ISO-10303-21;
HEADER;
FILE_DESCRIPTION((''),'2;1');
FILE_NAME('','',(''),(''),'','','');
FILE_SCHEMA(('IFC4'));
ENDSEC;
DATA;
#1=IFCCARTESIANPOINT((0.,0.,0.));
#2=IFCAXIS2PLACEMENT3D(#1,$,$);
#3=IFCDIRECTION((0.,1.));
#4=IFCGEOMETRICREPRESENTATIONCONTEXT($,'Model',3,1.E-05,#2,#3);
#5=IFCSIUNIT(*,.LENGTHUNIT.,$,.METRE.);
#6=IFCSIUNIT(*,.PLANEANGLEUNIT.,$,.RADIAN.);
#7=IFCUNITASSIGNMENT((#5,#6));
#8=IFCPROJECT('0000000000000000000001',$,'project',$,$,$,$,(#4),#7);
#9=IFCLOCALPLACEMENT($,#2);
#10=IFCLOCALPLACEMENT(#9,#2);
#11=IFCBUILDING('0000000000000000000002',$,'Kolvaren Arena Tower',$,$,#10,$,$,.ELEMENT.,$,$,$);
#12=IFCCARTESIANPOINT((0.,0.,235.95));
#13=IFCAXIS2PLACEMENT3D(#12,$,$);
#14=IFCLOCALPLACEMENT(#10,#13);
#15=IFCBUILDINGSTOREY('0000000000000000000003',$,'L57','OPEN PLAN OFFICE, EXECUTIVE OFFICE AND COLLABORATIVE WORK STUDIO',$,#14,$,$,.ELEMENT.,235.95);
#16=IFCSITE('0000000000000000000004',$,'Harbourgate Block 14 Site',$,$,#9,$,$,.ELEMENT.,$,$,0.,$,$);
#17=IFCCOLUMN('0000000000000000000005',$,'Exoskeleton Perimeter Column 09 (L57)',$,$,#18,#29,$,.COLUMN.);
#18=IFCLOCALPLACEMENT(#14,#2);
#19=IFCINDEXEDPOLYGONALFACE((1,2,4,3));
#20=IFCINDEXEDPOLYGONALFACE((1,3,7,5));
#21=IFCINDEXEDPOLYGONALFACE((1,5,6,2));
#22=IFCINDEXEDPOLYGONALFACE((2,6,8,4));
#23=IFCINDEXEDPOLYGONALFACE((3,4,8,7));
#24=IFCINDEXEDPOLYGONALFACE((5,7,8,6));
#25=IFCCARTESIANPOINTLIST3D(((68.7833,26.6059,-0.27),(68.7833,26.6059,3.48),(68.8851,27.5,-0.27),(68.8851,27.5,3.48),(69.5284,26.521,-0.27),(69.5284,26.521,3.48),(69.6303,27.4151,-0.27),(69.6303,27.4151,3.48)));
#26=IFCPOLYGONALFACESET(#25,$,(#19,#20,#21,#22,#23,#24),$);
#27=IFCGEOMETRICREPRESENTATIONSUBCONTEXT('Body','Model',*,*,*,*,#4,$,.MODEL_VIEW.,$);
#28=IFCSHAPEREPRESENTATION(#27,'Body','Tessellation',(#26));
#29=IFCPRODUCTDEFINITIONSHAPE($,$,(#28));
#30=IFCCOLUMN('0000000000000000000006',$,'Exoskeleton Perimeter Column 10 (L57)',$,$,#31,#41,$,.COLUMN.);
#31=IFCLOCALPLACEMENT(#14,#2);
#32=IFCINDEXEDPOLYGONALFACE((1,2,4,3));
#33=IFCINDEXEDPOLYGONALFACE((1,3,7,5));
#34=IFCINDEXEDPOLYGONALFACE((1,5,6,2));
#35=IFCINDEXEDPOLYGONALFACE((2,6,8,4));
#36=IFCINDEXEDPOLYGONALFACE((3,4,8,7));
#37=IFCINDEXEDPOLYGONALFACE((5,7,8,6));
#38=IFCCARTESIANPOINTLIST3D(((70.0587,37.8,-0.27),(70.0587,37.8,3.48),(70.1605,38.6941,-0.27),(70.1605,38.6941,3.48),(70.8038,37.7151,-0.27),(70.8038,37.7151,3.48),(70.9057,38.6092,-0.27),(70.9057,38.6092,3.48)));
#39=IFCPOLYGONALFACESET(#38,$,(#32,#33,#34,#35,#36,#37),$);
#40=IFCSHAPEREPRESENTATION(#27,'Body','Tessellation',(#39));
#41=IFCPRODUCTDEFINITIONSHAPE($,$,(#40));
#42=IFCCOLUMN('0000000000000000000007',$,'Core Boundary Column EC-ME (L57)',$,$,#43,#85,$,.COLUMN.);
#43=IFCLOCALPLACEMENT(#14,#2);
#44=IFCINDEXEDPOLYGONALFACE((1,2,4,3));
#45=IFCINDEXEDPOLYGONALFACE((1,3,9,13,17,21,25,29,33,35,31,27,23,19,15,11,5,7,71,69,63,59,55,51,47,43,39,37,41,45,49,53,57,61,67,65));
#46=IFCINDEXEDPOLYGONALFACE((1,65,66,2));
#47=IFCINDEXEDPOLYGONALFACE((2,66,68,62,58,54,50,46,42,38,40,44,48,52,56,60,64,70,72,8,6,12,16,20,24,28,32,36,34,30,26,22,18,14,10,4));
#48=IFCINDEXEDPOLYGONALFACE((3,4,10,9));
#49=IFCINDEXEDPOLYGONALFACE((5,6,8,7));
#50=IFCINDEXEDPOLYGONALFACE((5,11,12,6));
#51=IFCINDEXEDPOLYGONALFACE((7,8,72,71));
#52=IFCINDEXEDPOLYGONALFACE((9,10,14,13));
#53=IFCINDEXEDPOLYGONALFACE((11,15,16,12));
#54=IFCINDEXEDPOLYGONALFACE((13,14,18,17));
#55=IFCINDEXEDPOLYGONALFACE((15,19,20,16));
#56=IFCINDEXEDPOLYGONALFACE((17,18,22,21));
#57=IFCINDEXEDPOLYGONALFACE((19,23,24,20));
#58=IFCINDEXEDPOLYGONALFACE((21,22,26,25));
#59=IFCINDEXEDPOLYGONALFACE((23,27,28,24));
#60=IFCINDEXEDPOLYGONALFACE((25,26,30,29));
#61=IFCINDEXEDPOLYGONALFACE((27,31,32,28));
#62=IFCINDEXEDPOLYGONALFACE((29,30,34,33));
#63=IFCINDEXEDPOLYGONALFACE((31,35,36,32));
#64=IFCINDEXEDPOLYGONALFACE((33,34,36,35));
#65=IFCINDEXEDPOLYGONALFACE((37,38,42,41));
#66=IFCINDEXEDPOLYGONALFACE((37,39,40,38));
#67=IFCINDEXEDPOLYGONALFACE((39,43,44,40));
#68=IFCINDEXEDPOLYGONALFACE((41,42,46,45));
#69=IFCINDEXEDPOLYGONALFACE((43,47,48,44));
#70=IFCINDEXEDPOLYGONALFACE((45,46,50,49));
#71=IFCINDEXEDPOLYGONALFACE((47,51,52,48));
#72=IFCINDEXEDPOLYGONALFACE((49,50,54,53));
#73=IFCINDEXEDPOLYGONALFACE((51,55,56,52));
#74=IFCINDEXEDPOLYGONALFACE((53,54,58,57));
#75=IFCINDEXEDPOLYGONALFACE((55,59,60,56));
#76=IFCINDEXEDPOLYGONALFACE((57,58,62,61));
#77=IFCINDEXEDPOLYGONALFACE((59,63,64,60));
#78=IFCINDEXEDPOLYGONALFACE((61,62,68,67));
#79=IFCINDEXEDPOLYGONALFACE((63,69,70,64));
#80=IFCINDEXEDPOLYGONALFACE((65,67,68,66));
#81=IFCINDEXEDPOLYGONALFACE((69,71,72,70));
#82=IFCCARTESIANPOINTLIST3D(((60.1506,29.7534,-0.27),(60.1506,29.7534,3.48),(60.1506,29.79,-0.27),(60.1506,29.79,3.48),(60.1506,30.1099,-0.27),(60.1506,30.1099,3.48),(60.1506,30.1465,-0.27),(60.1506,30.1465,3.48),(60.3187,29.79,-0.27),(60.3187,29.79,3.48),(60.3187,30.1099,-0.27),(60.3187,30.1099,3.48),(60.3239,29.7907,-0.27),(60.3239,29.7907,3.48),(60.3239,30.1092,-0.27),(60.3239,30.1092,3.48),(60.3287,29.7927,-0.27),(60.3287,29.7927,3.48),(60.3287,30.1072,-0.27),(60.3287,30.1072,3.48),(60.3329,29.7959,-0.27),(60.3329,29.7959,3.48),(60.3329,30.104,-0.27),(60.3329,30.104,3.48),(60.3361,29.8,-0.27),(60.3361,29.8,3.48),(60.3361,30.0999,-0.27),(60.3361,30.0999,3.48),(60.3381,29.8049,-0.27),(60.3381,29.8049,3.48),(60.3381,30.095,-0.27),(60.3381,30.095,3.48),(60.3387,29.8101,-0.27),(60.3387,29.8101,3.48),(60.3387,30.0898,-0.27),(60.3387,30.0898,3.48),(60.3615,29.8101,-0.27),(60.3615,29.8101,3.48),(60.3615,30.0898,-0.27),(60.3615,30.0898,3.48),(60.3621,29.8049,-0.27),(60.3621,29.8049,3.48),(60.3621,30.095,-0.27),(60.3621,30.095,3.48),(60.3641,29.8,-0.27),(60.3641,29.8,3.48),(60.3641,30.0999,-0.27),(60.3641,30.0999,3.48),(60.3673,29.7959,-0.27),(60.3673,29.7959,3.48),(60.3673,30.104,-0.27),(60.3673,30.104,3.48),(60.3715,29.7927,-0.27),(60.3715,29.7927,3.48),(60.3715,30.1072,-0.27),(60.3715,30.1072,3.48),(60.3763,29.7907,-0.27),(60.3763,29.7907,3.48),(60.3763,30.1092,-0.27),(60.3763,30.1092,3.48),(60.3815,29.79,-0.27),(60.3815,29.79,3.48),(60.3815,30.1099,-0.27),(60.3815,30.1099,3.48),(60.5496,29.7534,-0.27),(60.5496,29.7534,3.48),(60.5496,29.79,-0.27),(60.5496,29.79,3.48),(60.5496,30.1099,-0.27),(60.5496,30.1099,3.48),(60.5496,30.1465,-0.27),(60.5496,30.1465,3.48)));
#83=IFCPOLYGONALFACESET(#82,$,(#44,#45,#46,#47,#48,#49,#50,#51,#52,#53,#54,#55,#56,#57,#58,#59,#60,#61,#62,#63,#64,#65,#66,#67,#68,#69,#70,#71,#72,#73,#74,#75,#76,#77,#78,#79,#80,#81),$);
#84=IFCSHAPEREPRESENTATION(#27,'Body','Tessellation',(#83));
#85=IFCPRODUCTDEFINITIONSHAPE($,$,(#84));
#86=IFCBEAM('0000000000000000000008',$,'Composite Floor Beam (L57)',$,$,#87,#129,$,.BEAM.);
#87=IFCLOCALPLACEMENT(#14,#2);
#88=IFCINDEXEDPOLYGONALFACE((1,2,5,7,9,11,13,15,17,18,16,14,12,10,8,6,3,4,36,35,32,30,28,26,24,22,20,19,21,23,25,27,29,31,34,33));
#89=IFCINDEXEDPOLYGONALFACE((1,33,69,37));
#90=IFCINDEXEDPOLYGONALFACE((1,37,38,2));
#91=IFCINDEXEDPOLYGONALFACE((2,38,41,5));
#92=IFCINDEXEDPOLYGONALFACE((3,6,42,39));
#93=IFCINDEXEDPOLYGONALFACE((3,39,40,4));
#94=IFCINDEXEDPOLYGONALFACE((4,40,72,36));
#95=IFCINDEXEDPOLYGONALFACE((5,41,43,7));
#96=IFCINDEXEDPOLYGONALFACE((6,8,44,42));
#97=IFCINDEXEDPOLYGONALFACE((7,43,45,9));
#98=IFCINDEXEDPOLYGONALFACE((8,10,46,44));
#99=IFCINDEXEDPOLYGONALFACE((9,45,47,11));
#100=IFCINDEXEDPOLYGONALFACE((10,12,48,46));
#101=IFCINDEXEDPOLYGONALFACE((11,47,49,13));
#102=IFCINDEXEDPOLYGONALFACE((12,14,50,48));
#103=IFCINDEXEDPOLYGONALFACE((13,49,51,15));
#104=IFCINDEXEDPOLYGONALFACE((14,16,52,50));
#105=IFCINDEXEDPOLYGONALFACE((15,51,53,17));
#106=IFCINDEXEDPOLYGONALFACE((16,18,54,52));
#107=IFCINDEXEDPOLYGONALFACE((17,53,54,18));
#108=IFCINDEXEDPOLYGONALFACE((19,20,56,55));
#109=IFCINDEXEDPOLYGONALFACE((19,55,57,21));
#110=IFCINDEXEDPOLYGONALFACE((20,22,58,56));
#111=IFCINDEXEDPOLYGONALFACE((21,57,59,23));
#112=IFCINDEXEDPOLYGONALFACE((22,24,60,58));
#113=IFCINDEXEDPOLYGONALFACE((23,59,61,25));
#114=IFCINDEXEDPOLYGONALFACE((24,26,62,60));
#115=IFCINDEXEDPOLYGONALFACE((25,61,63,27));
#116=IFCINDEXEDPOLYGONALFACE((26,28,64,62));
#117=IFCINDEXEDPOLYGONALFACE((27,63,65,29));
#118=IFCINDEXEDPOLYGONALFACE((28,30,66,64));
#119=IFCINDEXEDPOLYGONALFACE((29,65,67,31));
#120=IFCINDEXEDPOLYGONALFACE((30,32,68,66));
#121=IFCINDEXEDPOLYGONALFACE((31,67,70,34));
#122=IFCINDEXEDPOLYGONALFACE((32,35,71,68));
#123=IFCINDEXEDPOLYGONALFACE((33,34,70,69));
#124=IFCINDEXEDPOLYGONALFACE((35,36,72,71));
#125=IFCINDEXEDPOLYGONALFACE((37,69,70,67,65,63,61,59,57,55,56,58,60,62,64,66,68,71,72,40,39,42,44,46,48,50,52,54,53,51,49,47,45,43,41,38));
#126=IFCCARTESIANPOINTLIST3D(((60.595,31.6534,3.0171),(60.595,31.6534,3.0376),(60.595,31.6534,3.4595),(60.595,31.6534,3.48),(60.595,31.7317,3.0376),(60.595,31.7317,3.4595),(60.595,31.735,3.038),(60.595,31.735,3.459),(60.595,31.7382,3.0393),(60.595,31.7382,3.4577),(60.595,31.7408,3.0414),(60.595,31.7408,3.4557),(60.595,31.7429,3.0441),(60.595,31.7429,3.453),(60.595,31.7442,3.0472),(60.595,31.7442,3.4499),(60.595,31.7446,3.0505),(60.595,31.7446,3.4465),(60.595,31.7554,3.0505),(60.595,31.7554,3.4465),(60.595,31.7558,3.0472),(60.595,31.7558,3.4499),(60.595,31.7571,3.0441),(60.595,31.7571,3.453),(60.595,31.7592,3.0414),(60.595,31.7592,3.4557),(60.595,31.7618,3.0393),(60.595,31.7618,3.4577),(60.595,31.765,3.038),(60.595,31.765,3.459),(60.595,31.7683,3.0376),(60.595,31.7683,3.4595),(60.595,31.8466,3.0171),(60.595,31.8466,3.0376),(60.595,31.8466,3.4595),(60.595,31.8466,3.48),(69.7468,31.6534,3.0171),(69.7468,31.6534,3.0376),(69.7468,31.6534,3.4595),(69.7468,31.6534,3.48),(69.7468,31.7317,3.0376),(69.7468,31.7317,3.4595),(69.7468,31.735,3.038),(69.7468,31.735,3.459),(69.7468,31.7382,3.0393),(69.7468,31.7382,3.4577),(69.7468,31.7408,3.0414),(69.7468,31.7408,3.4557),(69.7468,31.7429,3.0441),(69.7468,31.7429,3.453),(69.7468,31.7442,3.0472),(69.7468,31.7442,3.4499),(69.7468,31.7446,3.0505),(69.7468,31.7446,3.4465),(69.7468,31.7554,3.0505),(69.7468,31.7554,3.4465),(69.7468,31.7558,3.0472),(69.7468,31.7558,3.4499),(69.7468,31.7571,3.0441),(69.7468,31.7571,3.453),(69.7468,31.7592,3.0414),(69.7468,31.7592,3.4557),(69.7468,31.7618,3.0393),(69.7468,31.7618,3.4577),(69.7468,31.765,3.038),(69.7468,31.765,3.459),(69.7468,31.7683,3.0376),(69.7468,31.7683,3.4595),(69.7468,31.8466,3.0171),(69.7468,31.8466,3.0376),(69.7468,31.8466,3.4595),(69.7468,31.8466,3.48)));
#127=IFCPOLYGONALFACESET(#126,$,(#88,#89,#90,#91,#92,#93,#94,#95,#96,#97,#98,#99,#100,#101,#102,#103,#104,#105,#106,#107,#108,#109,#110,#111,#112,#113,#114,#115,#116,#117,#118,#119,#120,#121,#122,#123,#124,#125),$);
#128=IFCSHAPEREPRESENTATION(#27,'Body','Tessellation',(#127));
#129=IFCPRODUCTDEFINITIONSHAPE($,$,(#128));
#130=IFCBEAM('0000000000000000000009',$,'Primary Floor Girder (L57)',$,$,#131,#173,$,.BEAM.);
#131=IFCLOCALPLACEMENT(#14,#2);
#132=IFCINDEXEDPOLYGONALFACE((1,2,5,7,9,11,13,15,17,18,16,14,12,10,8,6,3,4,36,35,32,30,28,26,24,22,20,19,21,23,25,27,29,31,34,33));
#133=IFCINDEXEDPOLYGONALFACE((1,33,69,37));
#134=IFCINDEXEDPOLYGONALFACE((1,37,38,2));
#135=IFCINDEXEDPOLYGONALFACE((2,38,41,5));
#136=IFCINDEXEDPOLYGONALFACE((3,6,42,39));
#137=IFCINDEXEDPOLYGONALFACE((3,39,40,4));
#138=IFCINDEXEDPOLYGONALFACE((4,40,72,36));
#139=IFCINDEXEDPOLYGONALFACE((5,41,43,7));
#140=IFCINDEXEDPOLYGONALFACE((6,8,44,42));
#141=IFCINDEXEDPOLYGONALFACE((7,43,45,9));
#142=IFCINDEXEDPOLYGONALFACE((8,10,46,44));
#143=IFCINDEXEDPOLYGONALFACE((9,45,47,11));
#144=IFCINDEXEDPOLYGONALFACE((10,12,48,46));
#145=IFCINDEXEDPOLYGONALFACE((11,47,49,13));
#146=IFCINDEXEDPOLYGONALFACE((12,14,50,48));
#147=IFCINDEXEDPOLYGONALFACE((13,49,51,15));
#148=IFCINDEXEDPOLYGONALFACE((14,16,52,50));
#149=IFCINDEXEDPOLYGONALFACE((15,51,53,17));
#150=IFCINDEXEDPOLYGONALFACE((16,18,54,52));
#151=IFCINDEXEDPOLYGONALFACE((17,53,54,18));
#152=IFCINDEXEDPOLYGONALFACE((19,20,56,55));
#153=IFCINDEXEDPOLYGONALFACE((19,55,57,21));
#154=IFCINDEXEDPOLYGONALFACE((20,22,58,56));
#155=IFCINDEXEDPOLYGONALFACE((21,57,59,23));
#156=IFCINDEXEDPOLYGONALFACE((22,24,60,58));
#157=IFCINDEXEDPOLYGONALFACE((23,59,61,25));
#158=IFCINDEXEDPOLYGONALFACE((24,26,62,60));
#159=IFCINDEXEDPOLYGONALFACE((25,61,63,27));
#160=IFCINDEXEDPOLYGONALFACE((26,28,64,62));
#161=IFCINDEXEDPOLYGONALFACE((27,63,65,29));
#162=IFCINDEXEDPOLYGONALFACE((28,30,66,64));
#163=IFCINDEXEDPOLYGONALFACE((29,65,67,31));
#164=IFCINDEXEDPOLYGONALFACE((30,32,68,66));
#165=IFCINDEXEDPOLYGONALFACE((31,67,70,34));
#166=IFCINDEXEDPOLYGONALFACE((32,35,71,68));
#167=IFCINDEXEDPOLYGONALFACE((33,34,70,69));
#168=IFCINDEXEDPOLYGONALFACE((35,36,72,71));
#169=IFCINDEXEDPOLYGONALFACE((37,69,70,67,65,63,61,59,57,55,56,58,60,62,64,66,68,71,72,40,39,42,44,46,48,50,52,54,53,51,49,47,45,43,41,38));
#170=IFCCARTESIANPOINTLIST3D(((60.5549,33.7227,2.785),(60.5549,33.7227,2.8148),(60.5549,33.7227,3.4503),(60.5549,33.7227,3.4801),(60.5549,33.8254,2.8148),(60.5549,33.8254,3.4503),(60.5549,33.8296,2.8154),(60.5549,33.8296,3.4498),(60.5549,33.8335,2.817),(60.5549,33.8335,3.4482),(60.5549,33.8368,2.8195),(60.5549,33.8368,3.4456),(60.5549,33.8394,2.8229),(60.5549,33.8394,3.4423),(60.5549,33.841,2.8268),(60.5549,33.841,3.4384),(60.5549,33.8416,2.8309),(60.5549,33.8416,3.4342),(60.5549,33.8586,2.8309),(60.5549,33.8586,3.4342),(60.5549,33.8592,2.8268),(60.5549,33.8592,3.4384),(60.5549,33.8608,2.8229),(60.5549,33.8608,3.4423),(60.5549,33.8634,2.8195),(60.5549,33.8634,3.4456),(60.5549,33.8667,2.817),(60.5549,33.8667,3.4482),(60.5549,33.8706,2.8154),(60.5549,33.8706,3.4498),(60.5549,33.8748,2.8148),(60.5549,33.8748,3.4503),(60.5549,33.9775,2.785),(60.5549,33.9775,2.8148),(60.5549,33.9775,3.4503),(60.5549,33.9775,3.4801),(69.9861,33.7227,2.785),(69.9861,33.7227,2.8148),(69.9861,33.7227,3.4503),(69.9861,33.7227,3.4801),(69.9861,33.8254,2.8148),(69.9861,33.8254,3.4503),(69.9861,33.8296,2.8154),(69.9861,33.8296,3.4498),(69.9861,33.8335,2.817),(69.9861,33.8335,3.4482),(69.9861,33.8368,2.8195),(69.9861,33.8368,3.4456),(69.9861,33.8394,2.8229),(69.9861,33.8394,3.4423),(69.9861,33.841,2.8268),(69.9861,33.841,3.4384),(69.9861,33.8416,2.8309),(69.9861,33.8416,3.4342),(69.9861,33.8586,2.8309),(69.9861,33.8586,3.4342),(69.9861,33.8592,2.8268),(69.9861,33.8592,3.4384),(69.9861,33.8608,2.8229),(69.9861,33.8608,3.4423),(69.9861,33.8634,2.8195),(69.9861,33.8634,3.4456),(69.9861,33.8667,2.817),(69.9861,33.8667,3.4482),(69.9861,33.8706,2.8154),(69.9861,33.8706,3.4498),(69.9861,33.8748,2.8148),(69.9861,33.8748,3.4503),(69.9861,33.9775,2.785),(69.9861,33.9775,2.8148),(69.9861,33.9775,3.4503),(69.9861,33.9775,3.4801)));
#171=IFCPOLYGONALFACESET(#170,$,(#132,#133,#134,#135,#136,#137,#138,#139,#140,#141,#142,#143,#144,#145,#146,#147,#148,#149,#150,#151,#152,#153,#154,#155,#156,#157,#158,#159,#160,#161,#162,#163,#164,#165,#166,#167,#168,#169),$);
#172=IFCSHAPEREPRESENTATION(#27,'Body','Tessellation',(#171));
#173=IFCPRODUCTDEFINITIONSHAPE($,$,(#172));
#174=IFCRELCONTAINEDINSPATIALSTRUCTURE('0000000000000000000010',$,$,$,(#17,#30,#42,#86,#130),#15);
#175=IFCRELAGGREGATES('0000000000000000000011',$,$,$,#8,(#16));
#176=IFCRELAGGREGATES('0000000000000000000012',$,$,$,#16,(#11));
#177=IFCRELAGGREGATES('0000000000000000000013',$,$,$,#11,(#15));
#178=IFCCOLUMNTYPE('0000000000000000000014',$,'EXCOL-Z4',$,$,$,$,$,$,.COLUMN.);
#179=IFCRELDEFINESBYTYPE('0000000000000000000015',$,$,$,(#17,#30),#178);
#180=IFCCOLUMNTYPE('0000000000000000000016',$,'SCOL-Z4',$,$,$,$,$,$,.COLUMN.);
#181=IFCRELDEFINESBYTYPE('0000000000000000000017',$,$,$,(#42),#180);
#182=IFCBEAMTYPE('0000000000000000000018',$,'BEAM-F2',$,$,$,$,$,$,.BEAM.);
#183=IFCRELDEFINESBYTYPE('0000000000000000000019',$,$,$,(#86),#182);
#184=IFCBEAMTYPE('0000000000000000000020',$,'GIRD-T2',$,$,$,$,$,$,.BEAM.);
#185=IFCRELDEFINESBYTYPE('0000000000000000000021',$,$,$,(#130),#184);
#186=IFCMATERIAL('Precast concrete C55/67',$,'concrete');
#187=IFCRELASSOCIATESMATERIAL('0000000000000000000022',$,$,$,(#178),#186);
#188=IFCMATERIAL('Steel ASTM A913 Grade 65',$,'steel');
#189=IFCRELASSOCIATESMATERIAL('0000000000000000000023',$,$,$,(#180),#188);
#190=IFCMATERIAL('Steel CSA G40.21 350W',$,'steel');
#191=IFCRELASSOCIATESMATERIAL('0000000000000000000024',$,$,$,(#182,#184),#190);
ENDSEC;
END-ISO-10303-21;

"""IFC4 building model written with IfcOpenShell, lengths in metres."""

from ifc_helpers import new_model, si_unit, direction, frame, origin, origin_2d, place, context, subcontext, project, spatial, rectangle, i_section, extrude, material, material_profile, profile_set, type_object, element, save


model = new_model("IFC4")

# Units and contexts
model_context = context("Model", 3, precision=1e-05, world=origin(), true_north=direction((0.0, 1.0)))
body_context = subcontext(model_context, "Body", "Model", "MODEL_VIEW")
ifc_project = project(units=[si_unit("LENGTHUNIT", "METRE"), si_unit("PLANEANGLEUNIT", "RADIAN")], contexts=[model_context])

# Site, building, storey
site_placement = place(None, origin())
site = spatial("IfcSite", under=ifc_project, at=site_placement, Name="Harbourgate Block 14 Site", CompositionType="ELEMENT", RefElevation=0.0)
building_placement = place(site_placement, origin())
building = spatial("IfcBuilding", under=site, at=building_placement, Name="Kolvaren Arena Tower", CompositionType="ELEMENT")
storey_placement = place(building_placement, frame((0.0, 0.0, 235.95)))
storey = spatial("IfcBuildingStorey", under=building, at=storey_placement, Name="L57", Description="OPEN PLAN OFFICE, EXECUTIVE OFFICE AND COLLABORATIVE WORK STUDIO", CompositionType="ELEMENT", Elevation=235.95)

# Columns
ifc_material_1 = material(Name="Precast concrete C55/67", Category="concrete")
ifc_material_profile_1 = material_profile(ifc_material_1, rectangle(XDim=0.8999, YDim=0.75, at=origin_2d()), Name="RC-900x750")
ifc_profile_set_1 = profile_set([ifc_material_profile_1], Name="Precast concrete C55/67")
column_type_1 = type_object("IfcColumnType", Name="EXCOL-Z4", PredefinedType="COLUMN", material=ifc_profile_set_1)
for number, where, z_axis, x_axis, name in (
    (1, (69.2068, 27.0105, -0.27), (0.0, 0.0, 1.0), (0.113203, 0.993572, 0.0), "Exoskeleton Perimeter Column 09 (L57)"),
    (2, (70.4822, 38.2046, -0.27), (0.0, 0.0, 1.0), (0.113203, 0.993572, 0.0), "Exoskeleton Perimeter Column 10 (L57)"),
):
    element("IfcColumn", number, at=place(storey_placement, frame(where, z_axis=z_axis, x_axis=x_axis)), inside=storey, type_object=column_type_1, Name=name, PredefinedType="COLUMN", context=body_context, shape_type="SweptSolid", body=[
        extrude(rectangle(XDim=0.8999, YDim=0.75, at=origin_2d()), origin(), (0.0, 0.0, 1.0), 3.75),
    ])
ifc_material_2 = material(Name="Steel ASTM A913 Grade 65", Category="steel")
ifc_material_profile_2 = material_profile(ifc_material_2, i_section(OverallWidth=0.3989, OverallDepth=0.3931, WebThickness=0.0227, FlangeThickness=0.0366, FilletRadius=0.02, at=origin_2d()), Name="W360x287")
ifc_profile_set_2 = profile_set([ifc_material_profile_2], Name="Steel ASTM A913 Grade 65")
column_type_2 = type_object("IfcColumnType", Name="SCOL-Z4", PredefinedType="COLUMN", material=ifc_profile_set_2)
column_placement = place(storey_placement, frame((60.3501, 29.95, -0.27), z_axis=(0.0, 0.0, 1.0), x_axis=(1.0, 0.0, 0.0)))
element("IfcColumn", 3, at=column_placement, inside=storey, type_object=column_type_2, Name="Core Boundary Column EC-ME (L57)", PredefinedType="COLUMN", context=body_context, shape_type="SweptSolid", body=[
    extrude(i_section(OverallWidth=0.3989, OverallDepth=0.3931, WebThickness=0.0227, FlangeThickness=0.0366, FilletRadius=0.02, at=origin_2d()), origin(), (0.0, 0.0, 1.0), 3.75),
])

# Beams
ifc_material_3 = material(Name="Steel CSA G40.21 350W", Category="steel")
ifc_material_profile_3 = material_profile(ifc_material_3, i_section(OverallWidth=0.1931, OverallDepth=0.4629, WebThickness=0.0107, FlangeThickness=0.0205, FilletRadius=0.0129, at=origin_2d()), Name="W460x113")
ifc_profile_set_3 = profile_set([ifc_material_profile_3], Name="Steel CSA G40.21 350W")
beam_type_1 = type_object("IfcBeamType", Name="BEAM-F2", PredefinedType="BEAM", material=ifc_profile_set_3)
beam_1_placement = place(storey_placement, frame((60.595, 31.75, 3.2485), z_axis=(1.0, 0.0, 0.0), x_axis=(0.0, 1.0, 0.0)))
element("IfcBeam", 4, at=beam_1_placement, inside=storey, type_object=beam_type_1, Name="Composite Floor Beam (L57)", PredefinedType="BEAM", context=body_context, shape_type="SweptSolid", body=[
    extrude(i_section(OverallWidth=0.1931, OverallDepth=0.4629, WebThickness=0.0107, FlangeThickness=0.0205, FilletRadius=0.0129, at=origin_2d()), origin(), (0.0, 0.0, 1.0), 9.1519),
])
ifc_material_profile_4 = material_profile(ifc_material_3, i_section(OverallWidth=0.2549, OverallDepth=0.6951, WebThickness=0.0171, FlangeThickness=0.0298, FilletRadius=0.0161, at=origin_2d()), Name="W690x217")
ifc_profile_set_4 = profile_set([ifc_material_profile_4], Name="Steel CSA G40.21 350W")
beam_type_2 = type_object("IfcBeamType", Name="GIRD-T2", PredefinedType="BEAM", material=ifc_profile_set_4)
beam_2_placement = place(storey_placement, frame((60.5549, 33.8501, 3.1326), z_axis=(1.0, 0.0, 0.0), x_axis=(0.0, 1.0, 0.0)))
element("IfcBeam", 5, at=beam_2_placement, inside=storey, type_object=beam_type_2, Name="Primary Floor Girder (L57)", PredefinedType="BEAM", context=body_context, shape_type="SweptSolid", body=[
    extrude(i_section(OverallWidth=0.2549, OverallDepth=0.6951, WebThickness=0.0171, FlangeThickness=0.0298, FilletRadius=0.0161, at=origin_2d()), origin(), (0.0, 0.0, 1.0), 9.4312),
])

save(model, "model.ifc")
